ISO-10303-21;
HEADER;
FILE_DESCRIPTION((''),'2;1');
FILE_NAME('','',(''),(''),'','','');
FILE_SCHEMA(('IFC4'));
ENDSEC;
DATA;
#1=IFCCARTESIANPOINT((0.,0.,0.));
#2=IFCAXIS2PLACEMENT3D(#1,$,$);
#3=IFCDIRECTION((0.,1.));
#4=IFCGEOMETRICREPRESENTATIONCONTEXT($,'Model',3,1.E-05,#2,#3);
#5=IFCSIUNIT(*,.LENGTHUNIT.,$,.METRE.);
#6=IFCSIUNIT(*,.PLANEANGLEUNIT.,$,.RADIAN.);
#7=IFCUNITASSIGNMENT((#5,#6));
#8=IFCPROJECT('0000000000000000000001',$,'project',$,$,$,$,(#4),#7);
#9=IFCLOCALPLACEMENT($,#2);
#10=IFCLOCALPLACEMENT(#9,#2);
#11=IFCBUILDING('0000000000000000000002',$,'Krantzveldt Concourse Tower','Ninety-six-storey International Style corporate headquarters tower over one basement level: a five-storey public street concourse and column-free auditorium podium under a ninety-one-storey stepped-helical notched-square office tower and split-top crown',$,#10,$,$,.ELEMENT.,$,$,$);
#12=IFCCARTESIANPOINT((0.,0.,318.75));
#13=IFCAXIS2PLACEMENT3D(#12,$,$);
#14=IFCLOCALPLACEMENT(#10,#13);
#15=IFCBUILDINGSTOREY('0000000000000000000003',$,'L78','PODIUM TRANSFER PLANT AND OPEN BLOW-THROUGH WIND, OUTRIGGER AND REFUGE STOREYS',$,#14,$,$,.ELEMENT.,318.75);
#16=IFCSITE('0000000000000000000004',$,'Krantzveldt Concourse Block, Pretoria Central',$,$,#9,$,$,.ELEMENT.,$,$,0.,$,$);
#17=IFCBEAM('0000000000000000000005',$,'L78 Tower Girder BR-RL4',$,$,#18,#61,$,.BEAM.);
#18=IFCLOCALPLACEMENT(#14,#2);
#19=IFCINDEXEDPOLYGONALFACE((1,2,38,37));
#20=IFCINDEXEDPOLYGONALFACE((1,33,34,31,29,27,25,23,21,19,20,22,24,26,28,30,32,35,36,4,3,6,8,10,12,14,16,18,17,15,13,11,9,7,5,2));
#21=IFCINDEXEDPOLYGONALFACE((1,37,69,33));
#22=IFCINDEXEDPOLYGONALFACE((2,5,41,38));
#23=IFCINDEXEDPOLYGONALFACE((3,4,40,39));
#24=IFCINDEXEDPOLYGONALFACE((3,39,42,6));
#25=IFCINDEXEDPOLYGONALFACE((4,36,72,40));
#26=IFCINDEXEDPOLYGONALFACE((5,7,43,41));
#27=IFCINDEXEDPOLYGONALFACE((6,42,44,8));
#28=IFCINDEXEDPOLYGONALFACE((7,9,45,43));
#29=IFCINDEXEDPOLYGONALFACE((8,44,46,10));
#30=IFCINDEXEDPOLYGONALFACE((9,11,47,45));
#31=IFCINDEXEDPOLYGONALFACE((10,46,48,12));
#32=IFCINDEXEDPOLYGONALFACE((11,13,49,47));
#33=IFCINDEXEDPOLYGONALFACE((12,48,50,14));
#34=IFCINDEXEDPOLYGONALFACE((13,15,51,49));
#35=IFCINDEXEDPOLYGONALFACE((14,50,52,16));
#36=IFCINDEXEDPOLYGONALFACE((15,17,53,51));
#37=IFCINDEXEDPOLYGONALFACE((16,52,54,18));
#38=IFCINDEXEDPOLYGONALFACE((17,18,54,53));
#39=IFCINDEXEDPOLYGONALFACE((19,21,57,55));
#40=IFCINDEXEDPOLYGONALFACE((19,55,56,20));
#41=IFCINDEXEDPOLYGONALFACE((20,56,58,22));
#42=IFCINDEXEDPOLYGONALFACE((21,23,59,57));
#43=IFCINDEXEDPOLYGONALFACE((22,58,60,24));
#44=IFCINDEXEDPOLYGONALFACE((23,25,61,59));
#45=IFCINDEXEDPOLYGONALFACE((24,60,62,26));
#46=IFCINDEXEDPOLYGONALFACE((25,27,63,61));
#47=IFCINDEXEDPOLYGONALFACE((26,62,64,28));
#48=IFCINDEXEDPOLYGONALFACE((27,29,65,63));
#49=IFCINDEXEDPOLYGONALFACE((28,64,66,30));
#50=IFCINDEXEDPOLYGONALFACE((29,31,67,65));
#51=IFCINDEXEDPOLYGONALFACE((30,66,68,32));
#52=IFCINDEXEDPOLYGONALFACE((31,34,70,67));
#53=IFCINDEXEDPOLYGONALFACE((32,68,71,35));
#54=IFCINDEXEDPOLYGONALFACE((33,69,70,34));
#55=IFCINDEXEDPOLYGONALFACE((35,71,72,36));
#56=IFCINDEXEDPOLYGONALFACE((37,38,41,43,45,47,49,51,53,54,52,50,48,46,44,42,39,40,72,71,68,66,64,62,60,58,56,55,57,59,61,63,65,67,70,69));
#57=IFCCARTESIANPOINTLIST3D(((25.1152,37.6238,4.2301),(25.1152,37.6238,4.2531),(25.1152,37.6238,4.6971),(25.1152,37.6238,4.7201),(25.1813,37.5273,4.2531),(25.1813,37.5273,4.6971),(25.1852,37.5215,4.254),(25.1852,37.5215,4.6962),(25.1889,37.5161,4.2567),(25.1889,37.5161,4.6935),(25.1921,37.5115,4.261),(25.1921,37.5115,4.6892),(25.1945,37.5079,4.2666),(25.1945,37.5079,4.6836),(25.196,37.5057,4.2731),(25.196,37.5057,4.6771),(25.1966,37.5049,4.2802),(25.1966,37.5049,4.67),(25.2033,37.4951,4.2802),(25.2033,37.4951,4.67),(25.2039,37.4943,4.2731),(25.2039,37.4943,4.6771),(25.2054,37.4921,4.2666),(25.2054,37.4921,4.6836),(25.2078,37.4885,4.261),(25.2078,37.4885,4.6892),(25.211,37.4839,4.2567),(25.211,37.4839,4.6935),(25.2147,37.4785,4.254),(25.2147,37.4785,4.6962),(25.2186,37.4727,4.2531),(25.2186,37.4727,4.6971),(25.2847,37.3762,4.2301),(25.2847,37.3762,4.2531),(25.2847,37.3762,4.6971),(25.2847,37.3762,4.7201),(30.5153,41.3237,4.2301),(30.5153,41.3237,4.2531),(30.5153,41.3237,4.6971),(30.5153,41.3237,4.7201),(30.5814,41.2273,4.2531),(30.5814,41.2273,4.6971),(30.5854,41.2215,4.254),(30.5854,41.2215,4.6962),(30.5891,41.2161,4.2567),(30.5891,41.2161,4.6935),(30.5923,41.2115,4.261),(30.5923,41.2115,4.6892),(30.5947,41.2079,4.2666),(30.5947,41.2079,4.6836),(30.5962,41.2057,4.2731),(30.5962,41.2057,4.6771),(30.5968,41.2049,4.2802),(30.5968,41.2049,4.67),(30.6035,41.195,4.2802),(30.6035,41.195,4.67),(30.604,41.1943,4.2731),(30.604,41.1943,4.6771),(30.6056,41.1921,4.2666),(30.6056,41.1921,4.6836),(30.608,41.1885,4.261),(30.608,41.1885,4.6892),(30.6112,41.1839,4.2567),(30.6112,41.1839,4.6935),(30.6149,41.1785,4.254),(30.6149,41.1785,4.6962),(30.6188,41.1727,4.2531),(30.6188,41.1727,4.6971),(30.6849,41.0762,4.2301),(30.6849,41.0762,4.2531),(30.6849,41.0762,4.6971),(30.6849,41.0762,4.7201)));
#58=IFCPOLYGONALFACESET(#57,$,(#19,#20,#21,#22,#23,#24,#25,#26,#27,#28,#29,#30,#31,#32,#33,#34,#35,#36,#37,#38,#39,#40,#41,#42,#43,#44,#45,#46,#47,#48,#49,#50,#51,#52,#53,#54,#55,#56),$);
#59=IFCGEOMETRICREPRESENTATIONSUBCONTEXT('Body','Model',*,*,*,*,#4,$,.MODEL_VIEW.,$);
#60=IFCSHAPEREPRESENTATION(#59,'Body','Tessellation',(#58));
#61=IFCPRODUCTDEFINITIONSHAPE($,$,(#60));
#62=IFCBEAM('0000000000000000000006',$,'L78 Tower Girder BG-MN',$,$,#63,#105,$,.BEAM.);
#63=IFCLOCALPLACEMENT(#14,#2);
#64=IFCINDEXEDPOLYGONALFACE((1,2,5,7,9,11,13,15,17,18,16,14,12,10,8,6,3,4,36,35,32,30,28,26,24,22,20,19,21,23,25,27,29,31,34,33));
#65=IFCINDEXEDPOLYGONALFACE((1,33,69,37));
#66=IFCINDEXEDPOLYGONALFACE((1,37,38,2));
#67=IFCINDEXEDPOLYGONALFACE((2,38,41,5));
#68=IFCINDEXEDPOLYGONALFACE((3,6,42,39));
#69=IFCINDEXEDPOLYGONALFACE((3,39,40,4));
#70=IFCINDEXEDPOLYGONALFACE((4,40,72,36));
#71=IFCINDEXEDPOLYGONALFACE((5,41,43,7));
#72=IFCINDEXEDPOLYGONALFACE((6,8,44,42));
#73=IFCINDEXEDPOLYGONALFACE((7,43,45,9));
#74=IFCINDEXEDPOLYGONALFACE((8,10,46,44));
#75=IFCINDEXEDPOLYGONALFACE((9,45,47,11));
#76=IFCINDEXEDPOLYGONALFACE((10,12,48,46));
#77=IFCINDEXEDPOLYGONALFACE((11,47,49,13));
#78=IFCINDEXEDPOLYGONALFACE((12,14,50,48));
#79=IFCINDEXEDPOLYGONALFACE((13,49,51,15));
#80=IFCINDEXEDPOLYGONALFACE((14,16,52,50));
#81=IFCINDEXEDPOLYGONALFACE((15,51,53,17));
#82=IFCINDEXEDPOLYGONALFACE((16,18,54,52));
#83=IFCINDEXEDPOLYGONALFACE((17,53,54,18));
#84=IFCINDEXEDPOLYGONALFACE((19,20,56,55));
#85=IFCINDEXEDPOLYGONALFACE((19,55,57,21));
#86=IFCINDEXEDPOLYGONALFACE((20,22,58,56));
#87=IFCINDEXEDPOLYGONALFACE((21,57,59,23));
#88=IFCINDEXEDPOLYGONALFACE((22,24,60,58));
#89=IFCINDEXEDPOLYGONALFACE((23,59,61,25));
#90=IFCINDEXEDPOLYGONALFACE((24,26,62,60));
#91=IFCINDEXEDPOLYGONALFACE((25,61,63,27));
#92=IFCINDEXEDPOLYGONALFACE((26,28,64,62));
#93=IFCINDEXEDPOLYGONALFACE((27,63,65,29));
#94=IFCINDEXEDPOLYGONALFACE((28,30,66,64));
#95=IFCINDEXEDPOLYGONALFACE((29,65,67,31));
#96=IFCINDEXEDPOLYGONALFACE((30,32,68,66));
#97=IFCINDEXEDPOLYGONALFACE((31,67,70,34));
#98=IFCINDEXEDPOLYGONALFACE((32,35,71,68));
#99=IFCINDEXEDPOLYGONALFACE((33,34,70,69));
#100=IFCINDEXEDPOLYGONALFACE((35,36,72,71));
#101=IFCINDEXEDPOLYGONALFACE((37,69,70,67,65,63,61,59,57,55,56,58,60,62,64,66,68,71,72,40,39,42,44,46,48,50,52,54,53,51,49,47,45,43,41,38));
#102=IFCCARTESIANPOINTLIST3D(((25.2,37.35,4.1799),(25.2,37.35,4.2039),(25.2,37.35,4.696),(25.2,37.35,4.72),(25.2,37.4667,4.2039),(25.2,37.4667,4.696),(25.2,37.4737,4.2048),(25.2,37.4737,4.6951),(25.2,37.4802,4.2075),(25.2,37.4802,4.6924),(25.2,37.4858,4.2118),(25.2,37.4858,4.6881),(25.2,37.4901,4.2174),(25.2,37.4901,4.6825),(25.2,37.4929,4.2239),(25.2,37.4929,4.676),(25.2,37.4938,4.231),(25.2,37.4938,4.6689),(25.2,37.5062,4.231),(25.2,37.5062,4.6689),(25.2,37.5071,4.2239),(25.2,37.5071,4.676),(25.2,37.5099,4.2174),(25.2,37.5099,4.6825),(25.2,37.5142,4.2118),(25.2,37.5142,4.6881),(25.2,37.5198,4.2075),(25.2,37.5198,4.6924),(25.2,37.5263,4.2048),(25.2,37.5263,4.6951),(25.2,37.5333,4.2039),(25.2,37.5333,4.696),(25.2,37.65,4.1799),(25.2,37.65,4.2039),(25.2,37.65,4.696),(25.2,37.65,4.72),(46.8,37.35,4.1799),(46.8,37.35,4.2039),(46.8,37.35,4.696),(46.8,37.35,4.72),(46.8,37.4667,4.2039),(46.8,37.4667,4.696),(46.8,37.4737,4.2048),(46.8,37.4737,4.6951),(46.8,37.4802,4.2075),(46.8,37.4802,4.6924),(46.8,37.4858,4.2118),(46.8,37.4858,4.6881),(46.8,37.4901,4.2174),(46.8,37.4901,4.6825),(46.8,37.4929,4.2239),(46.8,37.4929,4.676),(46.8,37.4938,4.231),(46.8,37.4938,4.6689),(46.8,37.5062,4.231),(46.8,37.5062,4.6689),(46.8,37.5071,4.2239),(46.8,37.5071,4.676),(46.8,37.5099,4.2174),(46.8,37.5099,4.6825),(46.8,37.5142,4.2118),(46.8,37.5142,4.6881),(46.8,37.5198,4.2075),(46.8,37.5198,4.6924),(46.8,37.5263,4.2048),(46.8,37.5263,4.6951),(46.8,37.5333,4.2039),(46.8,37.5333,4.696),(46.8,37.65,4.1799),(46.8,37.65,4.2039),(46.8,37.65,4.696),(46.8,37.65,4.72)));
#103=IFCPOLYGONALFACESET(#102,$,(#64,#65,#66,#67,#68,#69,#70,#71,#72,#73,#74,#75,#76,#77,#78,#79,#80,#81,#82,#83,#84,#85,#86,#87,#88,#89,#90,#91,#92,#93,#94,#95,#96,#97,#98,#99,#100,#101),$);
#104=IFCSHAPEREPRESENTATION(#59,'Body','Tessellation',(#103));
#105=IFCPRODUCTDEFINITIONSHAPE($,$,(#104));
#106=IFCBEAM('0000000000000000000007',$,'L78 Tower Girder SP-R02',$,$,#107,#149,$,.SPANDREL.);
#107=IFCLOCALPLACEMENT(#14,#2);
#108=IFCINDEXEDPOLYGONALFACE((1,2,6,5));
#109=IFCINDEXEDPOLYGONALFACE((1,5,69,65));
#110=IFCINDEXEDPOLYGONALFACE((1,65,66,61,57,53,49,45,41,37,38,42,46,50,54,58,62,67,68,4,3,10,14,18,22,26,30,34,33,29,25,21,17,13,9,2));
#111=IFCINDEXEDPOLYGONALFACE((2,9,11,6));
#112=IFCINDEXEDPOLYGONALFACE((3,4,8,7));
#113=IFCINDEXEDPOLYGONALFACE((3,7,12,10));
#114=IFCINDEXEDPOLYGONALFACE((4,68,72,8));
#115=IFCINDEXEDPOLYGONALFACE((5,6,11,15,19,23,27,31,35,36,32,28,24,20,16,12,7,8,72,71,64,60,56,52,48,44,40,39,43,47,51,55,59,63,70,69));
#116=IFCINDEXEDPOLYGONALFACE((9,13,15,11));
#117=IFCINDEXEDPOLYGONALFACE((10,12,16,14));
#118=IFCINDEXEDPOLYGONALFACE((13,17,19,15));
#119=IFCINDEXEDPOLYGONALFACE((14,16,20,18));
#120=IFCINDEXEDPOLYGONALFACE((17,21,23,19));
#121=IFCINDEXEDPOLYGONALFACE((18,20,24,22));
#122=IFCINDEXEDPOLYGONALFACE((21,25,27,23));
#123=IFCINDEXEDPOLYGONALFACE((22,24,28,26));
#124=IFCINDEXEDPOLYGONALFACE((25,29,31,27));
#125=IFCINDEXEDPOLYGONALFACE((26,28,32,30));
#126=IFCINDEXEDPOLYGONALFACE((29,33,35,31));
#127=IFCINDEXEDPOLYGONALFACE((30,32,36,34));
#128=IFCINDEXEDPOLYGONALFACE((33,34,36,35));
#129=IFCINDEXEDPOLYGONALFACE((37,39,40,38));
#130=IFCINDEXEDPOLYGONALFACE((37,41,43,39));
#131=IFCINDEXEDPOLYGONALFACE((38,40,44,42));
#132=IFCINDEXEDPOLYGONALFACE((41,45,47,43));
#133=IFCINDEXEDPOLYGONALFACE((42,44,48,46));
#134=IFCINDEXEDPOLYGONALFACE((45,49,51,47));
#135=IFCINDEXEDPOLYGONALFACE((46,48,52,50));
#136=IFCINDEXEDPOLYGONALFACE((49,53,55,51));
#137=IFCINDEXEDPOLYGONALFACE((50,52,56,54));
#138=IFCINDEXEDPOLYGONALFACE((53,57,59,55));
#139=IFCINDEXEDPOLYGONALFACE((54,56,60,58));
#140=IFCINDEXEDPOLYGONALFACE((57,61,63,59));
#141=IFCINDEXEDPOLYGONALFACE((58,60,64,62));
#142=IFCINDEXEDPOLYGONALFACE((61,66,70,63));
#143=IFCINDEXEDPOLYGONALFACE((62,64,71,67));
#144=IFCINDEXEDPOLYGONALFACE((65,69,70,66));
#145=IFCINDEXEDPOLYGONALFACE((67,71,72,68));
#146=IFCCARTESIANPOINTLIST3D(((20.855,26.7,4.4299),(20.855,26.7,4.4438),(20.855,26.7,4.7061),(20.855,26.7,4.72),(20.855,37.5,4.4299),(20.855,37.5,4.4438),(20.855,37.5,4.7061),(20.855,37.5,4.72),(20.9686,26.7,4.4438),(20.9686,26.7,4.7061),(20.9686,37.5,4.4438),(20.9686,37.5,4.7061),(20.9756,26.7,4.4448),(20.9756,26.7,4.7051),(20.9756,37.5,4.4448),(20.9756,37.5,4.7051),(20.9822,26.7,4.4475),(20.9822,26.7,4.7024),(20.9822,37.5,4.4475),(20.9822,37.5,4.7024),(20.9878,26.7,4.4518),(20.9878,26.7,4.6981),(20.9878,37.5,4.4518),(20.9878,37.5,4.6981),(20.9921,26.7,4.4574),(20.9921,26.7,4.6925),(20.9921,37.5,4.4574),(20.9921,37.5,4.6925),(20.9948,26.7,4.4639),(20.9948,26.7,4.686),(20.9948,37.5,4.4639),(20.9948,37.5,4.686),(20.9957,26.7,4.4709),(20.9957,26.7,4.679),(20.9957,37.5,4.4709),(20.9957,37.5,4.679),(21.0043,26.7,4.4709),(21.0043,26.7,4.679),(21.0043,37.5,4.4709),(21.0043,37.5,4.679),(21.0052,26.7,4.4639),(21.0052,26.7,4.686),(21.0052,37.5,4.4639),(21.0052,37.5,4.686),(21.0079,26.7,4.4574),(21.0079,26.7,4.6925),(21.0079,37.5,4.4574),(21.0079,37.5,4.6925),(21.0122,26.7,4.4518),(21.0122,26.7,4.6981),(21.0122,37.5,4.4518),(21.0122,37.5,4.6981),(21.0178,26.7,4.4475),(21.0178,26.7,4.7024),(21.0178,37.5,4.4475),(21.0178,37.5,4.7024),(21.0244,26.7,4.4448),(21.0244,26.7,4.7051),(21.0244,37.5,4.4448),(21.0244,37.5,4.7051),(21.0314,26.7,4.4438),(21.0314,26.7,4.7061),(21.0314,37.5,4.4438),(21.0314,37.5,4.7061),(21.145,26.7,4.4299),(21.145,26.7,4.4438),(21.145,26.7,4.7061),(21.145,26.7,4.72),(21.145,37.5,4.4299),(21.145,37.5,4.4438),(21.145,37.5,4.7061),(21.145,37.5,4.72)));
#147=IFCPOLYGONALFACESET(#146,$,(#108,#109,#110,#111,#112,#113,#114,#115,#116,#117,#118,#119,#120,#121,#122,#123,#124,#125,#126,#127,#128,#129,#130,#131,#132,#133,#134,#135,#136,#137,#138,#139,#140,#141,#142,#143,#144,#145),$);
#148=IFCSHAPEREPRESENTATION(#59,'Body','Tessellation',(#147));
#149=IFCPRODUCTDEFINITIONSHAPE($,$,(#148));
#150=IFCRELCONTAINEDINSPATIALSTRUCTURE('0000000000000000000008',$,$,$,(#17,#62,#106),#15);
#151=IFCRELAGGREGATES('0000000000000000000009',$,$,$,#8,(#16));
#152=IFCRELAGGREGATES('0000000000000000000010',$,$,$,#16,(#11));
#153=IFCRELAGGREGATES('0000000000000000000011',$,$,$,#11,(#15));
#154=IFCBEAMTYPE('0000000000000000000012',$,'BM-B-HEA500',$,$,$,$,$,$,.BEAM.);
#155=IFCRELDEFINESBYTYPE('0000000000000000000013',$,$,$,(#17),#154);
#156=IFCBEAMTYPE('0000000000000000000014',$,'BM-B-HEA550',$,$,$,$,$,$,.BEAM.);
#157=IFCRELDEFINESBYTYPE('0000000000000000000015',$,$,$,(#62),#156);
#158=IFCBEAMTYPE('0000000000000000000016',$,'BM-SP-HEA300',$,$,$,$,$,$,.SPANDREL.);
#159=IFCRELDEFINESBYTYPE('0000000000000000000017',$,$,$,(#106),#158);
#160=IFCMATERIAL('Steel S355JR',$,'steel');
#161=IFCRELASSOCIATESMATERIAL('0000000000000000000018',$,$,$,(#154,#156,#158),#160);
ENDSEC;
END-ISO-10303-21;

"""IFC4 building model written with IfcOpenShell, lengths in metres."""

from ifc_helpers import new_model, si_unit, direction, frame, origin, origin_2d, place, context, subcontext, project, spatial, i_section, extrude, source, transform, mapped, material, material_profile, profile_set, type_object, type_shapes, element, save


model = new_model("IFC4")

# Units and contexts
model_context = context("Model", 3, precision=1e-05, world=origin(), true_north=direction((0.0, 1.0)))
body_context = subcontext(model_context, "Body", "Model", "MODEL_VIEW")
ifc_project = project(units=[si_unit("LENGTHUNIT", "METRE"), si_unit("PLANEANGLEUNIT", "RADIAN")], contexts=[model_context])

# Site, building, storey
site_placement = place(None, origin())
site = spatial("IfcSite", under=ifc_project, at=site_placement, Name="Krantzveldt Concourse Block, Pretoria Central", CompositionType="ELEMENT", RefElevation=0.0)
building_placement = place(site_placement, origin())
building = spatial("IfcBuilding", under=site, at=building_placement, Name="Krantzveldt Concourse Tower", Description="Ninety-six-storey International Style corporate headquarters tower over one basement level: a five-storey public street concourse and column-free auditorium podium under a ninety-one-storey stepped-helical notched-square office tower and split-top crown", CompositionType="ELEMENT")
storey_placement = place(building_placement, frame((0.0, 0.0, 318.75)))
storey = spatial("IfcBuildingStorey", under=building, at=storey_placement, Name="L78", Description="PODIUM TRANSFER PLANT AND OPEN BLOW-THROUGH WIND, OUTRIGGER AND REFUGE STOREYS", CompositionType="ELEMENT", Elevation=318.75)

# Beams
ifc_material_1 = material(Name="Steel S355JR", Category="steel")
ifc_material_profile_1 = material_profile(ifc_material_1, i_section(OverallWidth=0.3, OverallDepth=0.49, WebThickness=0.012, FlangeThickness=0.0229, FilletRadius=0.0271, at=origin_2d()), Name="Steel S355JR", Category="steel")
ifc_profile_set_1 = profile_set([ifc_material_profile_1], Name="Steel S355JR - HEA 500")
beam_type_1 = type_object("IfcBeamType", Name="BM-B-HEA500", PredefinedType="BEAM", material=ifc_profile_set_1)
shared_shape_1 = source(origin(), body_context, "Body", "SweptSolid", [
    extrude(i_section(OverallWidth=0.3, OverallDepth=0.49, WebThickness=0.012, FlangeThickness=0.0229, FilletRadius=0.0271, at=origin_2d()), origin(), (0.0, 0.0, 1.0), 6.5461),
])
beam_1_placement = place(storey_placement, frame((25.2, 37.5, 4.4751), z_axis=(0.824943, 0.565216, 0.0), x_axis=(-0.565216, 0.824943, 0.0)))
element("IfcBeam", 1, at=beam_1_placement, inside=storey, type_object=beam_type_1, Name="L78 Tower Girder BR-RL4", PredefinedType="BEAM", context=body_context, shape_type="MappedRepresentation", body=[
    mapped(shared_shape_1, transform((0.0, 0.0, 0.0), x_axis=(1.0, 0.0, 0.0), y_axis=(0.0, 1.0, 0.0), z_axis=(0.0, 0.0, 1.0), scale=1.0)),
])
ifc_material_profile_2 = material_profile(ifc_material_1, i_section(OverallWidth=0.3, OverallDepth=0.54, WebThickness=0.0125, FlangeThickness=0.0239, FilletRadius=0.0271, at=origin_2d()), Name="Steel S355JR", Category="steel")
ifc_profile_set_2 = profile_set([ifc_material_profile_2], Name="Steel S355JR - HEA 550")
beam_type_2 = type_object("IfcBeamType", Name="BM-B-HEA550", PredefinedType="BEAM", material=ifc_profile_set_2)
shared_shape_2 = source(origin(), body_context, "Body", "SweptSolid", [
    extrude(i_section(OverallWidth=0.3, OverallDepth=0.54, WebThickness=0.0125, FlangeThickness=0.0239, FilletRadius=0.0271, at=origin_2d()), origin(), (0.0, 0.0, 1.0), 21.6001),
])
type_shapes(beam_type_2, [shared_shape_2])
beam_2_placement = place(storey_placement, frame((25.2, 37.5, 4.45), z_axis=(1.0, 0.0, 0.0), x_axis=(0.0, 1.0, 0.0)))
element("IfcBeam", 2, at=beam_2_placement, inside=storey, type_object=beam_type_2, Name="L78 Tower Girder BG-MN", PredefinedType="BEAM", context=body_context, shape_type="MappedRepresentation", body=[
    mapped(shared_shape_2, transform((0.0, 0.0, 0.0), x_axis=(1.0, 0.0, 0.0), y_axis=(0.0, 1.0, 0.0), z_axis=(0.0, 0.0, 1.0), scale=1.0)),
])
ifc_material_profile_3 = material_profile(ifc_material_1, i_section(OverallWidth=0.29, OverallDepth=0.29, WebThickness=0.0085, FlangeThickness=0.0139, FilletRadius=0.0271, at=origin_2d()), Name="Steel S355JR", Category="steel")
ifc_profile_set_3 = profile_set([ifc_material_profile_3], Name="Steel S355JR - HEA 300")
beam_type_3 = type_object("IfcBeamType", Name="BM-SP-HEA300", PredefinedType="SPANDREL", material=ifc_profile_set_3)
shared_shape_3 = source(origin(), body_context, "Body", "SweptSolid", [
    extrude(i_section(OverallWidth=0.29, OverallDepth=0.29, WebThickness=0.0085, FlangeThickness=0.0139, FilletRadius=0.0271, at=origin_2d()), origin(), (0.0, 0.0, 1.0), 10.8),
])
beam_3_placement = place(storey_placement, frame((21.0, 26.7, 4.575), z_axis=(0.0, 1.0, 0.0), x_axis=(-1.0, 0.0, 0.0)))
element("IfcBeam", 3, at=beam_3_placement, inside=storey, type_object=beam_type_3, Name="L78 Tower Girder SP-R02", PredefinedType="SPANDREL", context=body_context, shape_type="MappedRepresentation", body=[
    mapped(shared_shape_3, transform((0.0, 0.0, 0.0), x_axis=(1.0, 0.0, 0.0), y_axis=(0.0, 1.0, 0.0), z_axis=(0.0, 0.0, 1.0), scale=1.0)),
])

save(model, "model.ifc")
